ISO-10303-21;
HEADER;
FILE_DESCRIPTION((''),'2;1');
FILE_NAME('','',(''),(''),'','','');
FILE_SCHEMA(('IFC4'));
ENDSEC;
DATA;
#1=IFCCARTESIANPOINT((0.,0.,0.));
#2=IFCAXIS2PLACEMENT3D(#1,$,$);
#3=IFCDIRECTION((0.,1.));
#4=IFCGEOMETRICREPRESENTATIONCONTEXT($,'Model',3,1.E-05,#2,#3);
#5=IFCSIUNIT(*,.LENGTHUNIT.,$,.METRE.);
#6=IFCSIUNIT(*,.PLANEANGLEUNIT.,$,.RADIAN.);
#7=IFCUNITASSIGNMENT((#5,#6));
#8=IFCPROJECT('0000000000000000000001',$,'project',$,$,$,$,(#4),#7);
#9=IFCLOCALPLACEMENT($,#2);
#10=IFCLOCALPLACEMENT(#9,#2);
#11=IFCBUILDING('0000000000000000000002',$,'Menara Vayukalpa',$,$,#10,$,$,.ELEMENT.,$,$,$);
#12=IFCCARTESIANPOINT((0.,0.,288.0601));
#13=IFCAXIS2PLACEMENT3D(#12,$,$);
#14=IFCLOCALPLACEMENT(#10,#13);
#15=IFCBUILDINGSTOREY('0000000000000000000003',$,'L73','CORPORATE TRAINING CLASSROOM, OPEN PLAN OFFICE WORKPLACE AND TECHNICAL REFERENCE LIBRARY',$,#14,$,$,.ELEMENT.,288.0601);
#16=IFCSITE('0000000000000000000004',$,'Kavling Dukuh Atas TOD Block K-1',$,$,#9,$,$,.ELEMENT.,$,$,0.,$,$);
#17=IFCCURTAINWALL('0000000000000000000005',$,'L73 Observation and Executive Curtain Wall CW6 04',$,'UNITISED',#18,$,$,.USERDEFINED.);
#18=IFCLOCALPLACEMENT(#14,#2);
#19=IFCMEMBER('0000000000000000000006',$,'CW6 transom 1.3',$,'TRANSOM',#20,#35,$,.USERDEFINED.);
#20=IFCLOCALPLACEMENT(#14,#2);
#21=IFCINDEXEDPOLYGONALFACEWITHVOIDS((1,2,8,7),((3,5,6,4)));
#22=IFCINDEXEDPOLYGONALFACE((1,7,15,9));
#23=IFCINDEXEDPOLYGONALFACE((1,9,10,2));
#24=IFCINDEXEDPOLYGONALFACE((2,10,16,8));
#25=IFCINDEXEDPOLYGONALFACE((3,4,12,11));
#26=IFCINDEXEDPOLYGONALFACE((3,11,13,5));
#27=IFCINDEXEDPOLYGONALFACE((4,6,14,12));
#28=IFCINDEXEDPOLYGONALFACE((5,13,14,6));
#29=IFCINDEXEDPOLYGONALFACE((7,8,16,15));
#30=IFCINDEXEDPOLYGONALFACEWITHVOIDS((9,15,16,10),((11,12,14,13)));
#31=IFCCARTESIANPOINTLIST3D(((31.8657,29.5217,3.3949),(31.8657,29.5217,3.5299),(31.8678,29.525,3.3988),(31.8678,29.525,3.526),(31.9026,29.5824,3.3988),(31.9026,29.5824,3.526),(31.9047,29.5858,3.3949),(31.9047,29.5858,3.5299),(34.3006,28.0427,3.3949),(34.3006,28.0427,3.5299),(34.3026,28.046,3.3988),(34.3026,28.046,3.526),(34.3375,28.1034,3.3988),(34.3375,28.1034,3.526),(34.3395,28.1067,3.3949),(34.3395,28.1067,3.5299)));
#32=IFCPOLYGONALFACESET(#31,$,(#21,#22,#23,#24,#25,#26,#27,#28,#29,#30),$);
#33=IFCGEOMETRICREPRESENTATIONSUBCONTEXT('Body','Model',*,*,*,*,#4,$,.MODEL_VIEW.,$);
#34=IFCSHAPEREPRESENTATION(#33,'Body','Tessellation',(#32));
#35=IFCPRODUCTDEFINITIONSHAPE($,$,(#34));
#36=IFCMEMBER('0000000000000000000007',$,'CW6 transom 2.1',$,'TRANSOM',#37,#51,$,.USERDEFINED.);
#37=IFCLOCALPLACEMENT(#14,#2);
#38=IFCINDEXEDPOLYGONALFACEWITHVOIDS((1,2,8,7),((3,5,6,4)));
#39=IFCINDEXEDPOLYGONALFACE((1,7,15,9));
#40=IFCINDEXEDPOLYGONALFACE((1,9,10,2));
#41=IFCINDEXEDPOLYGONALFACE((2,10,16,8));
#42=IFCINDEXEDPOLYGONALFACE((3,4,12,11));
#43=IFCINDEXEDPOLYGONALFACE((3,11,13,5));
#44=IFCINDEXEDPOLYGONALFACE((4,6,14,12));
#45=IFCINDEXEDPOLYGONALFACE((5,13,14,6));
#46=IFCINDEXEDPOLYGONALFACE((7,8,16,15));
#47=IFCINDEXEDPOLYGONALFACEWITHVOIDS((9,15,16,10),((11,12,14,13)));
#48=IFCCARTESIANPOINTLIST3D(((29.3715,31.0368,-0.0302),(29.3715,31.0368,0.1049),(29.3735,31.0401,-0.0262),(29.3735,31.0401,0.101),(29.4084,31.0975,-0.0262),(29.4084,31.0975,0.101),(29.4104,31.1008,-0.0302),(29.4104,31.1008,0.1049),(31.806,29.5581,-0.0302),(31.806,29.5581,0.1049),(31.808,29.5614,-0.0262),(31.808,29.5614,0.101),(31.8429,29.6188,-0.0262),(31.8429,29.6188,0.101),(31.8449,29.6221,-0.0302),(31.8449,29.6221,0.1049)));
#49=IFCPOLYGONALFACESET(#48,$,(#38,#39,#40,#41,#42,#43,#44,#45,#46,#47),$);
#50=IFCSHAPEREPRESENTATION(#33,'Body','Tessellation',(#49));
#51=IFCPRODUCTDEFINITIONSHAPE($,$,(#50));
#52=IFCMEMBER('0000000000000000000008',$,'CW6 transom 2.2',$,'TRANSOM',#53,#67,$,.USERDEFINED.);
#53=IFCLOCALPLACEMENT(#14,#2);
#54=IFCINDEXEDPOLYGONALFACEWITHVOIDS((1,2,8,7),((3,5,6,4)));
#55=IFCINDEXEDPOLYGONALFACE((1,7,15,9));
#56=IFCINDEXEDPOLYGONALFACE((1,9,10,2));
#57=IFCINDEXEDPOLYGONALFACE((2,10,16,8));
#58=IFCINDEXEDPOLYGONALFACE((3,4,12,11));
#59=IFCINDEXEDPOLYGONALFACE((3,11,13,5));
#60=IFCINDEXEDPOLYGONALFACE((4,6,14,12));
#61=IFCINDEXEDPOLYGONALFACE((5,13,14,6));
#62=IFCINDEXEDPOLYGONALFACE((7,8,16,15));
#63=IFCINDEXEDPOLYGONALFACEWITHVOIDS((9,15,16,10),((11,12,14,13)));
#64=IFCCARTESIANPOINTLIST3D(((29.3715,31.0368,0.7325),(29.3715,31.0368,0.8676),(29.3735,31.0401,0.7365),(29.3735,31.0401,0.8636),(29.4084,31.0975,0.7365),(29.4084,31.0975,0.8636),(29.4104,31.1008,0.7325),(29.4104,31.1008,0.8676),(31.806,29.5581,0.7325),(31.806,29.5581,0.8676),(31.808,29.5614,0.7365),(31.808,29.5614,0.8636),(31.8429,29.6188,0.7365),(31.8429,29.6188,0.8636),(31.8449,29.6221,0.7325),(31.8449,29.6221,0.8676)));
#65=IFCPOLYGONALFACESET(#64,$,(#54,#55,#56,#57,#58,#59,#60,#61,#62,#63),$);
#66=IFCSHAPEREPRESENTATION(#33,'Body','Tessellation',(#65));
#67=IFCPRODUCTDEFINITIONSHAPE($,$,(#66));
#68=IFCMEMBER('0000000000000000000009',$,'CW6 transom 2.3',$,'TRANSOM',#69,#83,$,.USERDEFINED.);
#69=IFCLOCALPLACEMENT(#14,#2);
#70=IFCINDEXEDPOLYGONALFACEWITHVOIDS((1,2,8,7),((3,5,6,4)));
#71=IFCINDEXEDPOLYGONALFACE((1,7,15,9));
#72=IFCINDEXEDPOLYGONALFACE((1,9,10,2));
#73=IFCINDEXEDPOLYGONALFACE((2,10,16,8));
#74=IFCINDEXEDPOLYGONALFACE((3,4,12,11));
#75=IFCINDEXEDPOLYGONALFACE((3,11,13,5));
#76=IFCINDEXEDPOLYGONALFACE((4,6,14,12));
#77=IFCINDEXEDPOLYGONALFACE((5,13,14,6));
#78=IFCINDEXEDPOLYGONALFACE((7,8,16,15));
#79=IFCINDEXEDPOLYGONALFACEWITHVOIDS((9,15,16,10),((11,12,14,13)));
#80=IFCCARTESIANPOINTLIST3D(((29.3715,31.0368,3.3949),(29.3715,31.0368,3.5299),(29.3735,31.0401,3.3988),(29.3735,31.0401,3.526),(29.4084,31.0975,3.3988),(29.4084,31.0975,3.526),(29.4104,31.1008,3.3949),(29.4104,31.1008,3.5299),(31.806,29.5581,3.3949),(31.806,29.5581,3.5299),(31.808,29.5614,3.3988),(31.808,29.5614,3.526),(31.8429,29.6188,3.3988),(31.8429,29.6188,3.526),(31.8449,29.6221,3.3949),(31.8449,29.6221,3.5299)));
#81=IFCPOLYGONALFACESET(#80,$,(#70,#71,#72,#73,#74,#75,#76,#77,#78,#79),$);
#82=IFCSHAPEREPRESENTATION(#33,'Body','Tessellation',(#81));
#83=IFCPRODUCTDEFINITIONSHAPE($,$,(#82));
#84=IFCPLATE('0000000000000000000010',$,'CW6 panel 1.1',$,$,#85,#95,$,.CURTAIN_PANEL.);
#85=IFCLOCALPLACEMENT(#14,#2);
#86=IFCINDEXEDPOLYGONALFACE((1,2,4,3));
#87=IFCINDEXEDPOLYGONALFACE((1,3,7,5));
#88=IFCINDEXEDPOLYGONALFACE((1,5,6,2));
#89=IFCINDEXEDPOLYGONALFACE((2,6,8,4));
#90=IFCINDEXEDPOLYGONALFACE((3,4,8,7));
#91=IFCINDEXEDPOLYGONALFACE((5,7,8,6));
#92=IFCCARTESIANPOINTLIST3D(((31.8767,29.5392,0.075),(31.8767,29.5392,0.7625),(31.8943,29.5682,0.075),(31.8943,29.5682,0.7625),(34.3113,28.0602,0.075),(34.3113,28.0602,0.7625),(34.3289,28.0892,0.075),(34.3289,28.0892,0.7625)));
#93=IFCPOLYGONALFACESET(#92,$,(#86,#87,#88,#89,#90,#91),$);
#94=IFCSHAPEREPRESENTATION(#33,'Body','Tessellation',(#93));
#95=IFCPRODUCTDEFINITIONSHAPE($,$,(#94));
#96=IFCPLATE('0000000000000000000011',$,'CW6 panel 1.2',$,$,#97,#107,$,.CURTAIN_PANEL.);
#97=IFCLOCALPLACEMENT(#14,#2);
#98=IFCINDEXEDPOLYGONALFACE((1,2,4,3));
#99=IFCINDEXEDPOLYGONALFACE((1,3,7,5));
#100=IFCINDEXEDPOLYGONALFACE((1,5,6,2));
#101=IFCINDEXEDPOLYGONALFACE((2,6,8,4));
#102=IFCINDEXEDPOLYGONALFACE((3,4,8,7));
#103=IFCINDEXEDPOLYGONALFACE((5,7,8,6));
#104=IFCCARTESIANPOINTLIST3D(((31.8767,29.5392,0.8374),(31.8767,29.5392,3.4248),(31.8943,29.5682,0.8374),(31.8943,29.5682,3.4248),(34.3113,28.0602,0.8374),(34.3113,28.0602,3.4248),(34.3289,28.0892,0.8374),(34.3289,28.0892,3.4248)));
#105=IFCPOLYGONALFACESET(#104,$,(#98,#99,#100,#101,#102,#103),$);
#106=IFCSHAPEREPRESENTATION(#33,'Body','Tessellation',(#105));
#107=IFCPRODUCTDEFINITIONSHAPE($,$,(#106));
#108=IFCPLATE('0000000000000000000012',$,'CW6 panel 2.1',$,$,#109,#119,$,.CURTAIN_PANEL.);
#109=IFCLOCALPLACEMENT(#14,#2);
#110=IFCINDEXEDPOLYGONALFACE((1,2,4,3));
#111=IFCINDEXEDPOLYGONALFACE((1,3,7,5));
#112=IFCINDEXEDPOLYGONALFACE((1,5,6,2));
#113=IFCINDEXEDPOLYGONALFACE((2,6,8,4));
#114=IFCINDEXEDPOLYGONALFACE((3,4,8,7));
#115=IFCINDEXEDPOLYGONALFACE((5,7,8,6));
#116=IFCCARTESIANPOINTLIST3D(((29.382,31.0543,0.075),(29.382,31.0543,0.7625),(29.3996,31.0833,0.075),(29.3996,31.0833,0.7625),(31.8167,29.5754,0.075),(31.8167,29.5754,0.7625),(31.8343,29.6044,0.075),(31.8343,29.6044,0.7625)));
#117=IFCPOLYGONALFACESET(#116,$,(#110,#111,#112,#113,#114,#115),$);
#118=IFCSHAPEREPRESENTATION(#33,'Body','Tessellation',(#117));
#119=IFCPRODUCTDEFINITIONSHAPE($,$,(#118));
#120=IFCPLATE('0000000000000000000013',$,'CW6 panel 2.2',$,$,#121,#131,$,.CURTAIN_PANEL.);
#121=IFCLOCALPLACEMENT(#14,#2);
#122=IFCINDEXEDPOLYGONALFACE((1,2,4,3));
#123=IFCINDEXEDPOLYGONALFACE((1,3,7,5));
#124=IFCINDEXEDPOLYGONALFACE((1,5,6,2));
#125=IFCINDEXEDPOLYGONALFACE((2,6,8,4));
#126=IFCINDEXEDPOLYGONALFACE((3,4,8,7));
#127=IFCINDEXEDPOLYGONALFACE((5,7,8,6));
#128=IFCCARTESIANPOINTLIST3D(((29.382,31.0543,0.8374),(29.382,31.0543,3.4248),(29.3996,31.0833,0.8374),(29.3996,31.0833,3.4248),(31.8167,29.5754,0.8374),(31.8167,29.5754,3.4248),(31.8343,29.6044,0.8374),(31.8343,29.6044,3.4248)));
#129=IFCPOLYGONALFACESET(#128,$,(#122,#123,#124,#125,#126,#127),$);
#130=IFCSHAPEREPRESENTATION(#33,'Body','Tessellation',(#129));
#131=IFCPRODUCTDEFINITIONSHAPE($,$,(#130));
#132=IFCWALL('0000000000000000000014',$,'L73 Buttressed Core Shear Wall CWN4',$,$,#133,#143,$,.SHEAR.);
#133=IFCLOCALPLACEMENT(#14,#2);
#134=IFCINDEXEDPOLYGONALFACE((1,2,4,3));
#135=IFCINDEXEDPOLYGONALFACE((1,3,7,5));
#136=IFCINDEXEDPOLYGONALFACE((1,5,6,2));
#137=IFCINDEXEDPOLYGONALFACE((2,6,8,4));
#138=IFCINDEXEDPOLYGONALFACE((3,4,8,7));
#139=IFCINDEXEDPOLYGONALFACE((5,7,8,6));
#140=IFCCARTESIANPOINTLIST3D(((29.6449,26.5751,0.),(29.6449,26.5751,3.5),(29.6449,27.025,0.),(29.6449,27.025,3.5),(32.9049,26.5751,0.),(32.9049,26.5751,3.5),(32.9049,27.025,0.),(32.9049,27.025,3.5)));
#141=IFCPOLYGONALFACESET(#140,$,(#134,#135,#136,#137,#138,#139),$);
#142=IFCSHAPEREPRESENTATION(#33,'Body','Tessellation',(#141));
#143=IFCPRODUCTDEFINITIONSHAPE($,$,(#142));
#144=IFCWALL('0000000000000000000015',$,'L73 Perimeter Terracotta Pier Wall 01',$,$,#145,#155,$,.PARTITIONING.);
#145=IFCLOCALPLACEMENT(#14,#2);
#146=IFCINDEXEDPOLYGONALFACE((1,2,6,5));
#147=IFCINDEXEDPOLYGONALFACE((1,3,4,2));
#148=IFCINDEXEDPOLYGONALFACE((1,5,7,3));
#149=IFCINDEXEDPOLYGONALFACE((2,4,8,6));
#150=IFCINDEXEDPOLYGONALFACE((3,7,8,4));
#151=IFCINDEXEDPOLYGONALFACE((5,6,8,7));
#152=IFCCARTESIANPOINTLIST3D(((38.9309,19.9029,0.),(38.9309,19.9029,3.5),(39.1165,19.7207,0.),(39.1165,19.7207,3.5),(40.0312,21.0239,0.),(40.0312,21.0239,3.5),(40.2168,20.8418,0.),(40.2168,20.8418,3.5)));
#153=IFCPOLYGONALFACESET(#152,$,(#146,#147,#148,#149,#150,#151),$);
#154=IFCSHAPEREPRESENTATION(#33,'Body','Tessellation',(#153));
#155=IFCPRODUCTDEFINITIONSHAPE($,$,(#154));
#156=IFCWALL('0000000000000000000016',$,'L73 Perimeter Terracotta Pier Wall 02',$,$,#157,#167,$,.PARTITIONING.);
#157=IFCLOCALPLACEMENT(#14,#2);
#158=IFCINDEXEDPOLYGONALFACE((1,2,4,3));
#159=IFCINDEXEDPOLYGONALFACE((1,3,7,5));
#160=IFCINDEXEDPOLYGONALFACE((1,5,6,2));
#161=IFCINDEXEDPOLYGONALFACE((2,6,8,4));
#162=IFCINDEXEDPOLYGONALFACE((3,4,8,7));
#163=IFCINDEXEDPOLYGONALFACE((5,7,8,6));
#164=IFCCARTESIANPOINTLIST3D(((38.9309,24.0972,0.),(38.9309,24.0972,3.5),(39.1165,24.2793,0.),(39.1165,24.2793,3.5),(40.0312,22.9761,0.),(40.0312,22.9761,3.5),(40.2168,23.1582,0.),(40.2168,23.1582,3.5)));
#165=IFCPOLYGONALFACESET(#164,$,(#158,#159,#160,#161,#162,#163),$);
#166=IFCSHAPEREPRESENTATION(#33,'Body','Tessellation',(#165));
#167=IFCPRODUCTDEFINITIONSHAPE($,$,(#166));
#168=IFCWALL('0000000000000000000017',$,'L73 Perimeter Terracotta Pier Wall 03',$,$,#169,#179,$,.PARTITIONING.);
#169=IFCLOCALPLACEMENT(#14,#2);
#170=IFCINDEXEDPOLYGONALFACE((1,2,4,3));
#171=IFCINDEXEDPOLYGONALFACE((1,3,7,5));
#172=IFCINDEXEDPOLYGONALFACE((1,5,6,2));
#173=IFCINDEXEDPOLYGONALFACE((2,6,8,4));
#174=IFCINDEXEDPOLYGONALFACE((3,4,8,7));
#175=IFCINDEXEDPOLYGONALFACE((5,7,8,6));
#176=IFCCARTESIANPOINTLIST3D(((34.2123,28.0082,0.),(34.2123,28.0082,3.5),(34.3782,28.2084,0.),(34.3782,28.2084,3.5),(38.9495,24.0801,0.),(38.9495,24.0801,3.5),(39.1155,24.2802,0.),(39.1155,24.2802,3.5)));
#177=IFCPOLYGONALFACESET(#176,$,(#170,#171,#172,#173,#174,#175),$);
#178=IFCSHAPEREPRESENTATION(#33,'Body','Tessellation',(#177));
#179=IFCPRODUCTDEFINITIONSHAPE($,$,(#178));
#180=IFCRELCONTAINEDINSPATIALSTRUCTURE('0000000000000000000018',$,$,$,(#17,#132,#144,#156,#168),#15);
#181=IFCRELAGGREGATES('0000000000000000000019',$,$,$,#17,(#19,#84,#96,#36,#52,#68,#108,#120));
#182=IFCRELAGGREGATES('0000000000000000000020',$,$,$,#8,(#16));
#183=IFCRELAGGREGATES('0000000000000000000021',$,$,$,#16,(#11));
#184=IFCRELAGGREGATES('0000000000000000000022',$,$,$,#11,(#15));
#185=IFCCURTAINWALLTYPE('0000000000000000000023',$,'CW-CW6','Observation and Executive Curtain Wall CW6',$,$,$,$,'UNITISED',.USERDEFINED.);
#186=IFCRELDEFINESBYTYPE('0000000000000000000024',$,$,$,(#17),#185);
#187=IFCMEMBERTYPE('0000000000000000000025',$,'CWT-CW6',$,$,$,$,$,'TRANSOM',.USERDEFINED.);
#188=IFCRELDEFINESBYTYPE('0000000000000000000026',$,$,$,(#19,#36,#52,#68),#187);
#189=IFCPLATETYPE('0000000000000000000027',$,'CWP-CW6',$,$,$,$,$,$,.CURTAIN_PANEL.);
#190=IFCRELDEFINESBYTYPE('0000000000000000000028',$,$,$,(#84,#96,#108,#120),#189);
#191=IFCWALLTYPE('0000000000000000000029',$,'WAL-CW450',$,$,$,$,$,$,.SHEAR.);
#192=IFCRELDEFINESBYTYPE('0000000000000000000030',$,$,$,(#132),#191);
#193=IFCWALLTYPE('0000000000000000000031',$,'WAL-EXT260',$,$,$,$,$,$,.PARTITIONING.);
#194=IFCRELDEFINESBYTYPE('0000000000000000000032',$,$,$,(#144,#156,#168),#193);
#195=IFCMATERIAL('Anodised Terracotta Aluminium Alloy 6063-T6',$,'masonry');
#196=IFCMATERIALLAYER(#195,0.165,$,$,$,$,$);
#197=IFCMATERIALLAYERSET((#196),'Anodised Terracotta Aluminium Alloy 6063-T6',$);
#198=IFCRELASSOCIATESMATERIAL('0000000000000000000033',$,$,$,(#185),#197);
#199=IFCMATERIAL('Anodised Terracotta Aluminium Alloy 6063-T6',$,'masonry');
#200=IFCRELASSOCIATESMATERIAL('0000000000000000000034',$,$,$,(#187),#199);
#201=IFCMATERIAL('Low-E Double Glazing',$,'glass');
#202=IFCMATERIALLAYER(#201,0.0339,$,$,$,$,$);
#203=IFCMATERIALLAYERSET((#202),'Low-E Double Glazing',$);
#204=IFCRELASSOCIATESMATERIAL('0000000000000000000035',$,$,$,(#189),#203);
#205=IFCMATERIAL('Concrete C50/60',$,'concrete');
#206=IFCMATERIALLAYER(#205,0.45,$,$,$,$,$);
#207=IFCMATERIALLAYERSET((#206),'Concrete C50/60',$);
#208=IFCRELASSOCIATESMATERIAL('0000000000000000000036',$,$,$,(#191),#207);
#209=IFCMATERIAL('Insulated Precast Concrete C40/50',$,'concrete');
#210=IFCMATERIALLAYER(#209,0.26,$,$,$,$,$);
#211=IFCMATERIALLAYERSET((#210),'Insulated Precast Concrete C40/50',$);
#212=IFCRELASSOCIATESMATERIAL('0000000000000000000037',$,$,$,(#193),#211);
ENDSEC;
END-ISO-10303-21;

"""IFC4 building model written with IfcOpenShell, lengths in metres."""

from ifc_helpers import new_model, si_unit, direction, frame, frame_2d, origin, origin_2d, place, context, subcontext, project, spatial, rectangle, hollow_rectangle, extrude, material, layer, layer_set, material_profile, profile_set, type_object, element, aggregate, save


model = new_model("IFC4")

# Units and contexts
model_context = context("Model", 3, precision=1e-05, world=origin(), true_north=direction((0.0, 1.0)))
body_context = subcontext(model_context, "Body", "Model", "MODEL_VIEW")
ifc_project = project(units=[si_unit("LENGTHUNIT", "METRE"), si_unit("PLANEANGLEUNIT", "RADIAN")], contexts=[model_context])

# Site, building, storey
site_placement = place(None, origin())
site = spatial("IfcSite", under=ifc_project, at=site_placement, Name="Kavling Dukuh Atas TOD Block K-1", CompositionType="ELEMENT", RefElevation=0.0)
building_placement = place(site_placement, origin())
building = spatial("IfcBuilding", under=site, at=building_placement, Name="Menara Vayukalpa", CompositionType="ELEMENT")
storey_placement = place(building_placement, frame((0.0, 0.0, 288.0601)))
storey = spatial("IfcBuildingStorey", under=building, at=storey_placement, Name="L73", Description="CORPORATE TRAINING CLASSROOM, OPEN PLAN OFFICE WORKPLACE AND TECHNICAL REFERENCE LIBRARY", CompositionType="ELEMENT", Elevation=288.0601)

# Curtain wall
ifc_material_1 = material(Name="Anodised Terracotta Aluminium Alloy 6063-T6", Category="masonry")
ifc_layer_1 = layer(ifc_material_1, 0.165)
ifc_layer_set_1 = layer_set([ifc_layer_1], Name="Anodised Terracotta Aluminium Alloy 6063-T6")
curtain_wall_type = type_object("IfcCurtainWallType", Name="CW-CW6", Description="Observation and Executive Curtain Wall CW6", ElementType="UNITISED", PredefinedType="USERDEFINED", material=ifc_layer_set_1)
curtain_wall_1_placement = place(storey_placement, origin())
curtain_wall_1 = element("IfcCurtainWall", 1, at=curtain_wall_1_placement, inside=storey, type_object=curtain_wall_type, Name="L73 Observation and Executive Curtain Wall CW6 04", ObjectType="UNITISED", PredefinedType="USERDEFINED")

# Members
ifc_material_2 = material(Name="Anodised Terracotta Aluminium Alloy 6063-T6", Category="masonry")
ifc_material_profile_1 = material_profile(ifc_material_2, hollow_rectangle(XDim=0.075, YDim=0.135, WallThickness=0.0039, at=origin_2d()), Name="ALU 75x135x4")
ifc_profile_set_1 = profile_set([ifc_material_profile_1], Name="Anodised Terracotta Aluminium Alloy 6063-T6")
member_type_1 = type_object("IfcMemberType", Name="CWT-CW6", ElementType="TRANSOM", PredefinedType="USERDEFINED", material=ifc_profile_set_1)
member_1_placement = place(storey_placement, frame((34.3201, 28.0747, 3.4624), z_axis=(-0.854675, 0.519164, 0.0), x_axis=(-0.519164, -0.854675, 0.0)))
member_1 = element("IfcMember", 2, at=member_1_placement, type_object=member_type_1, Name="CW6 transom 1.3", ObjectType="TRANSOM", PredefinedType="USERDEFINED", context=body_context, shape_type="SweptSolid", body=[
    extrude(hollow_rectangle(XDim=0.075, YDim=0.135, WallThickness=0.0039, at=origin_2d()), origin(), (0.0, 0.0, 1.0), 2.8489),
])
member_2_placement = place(storey_placement, frame((31.8254, 29.5901, 0.0374), z_axis=(-0.85469, 0.519139, 0.0), x_axis=(-0.519139, -0.85469, 0.0)))
member_2 = element("IfcMember", 3, at=member_2_placement, type_object=member_type_1, Name="CW6 transom 2.1", ObjectType="TRANSOM", PredefinedType="USERDEFINED", context=body_context, shape_type="SweptSolid", body=[
    extrude(hollow_rectangle(XDim=0.075, YDim=0.135, WallThickness=0.0039, at=origin_2d()), origin(), (0.0, 0.0, 1.0), 2.8484),
])
member_3_placement = place(storey_placement, frame((31.8254, 29.5901, 0.8), z_axis=(-0.85469, 0.519139, 0.0), x_axis=(-0.519139, -0.85469, 0.0)))
member_3 = element("IfcMember", 4, at=member_3_placement, type_object=member_type_1, Name="CW6 transom 2.2", ObjectType="TRANSOM", PredefinedType="USERDEFINED", context=body_context, shape_type="SweptSolid", body=[
    extrude(hollow_rectangle(XDim=0.075, YDim=0.135, WallThickness=0.0039, at=origin_2d()), origin(), (0.0, 0.0, 1.0), 2.8484),
])
member_4_placement = place(storey_placement, frame((31.8254, 29.5901, 3.4624), z_axis=(-0.85469, 0.519139, 0.0), x_axis=(-0.519139, -0.85469, 0.0)))
member_4 = element("IfcMember", 5, at=member_4_placement, type_object=member_type_1, Name="CW6 transom 2.3", ObjectType="TRANSOM", PredefinedType="USERDEFINED", context=body_context, shape_type="SweptSolid", body=[
    extrude(hollow_rectangle(XDim=0.075, YDim=0.135, WallThickness=0.0039, at=origin_2d()), origin(), (0.0, 0.0, 1.0), 2.8484),
])

# Plates
ifc_material_3 = material(Name="Low-E Double Glazing", Category="glass")
ifc_layer_2 = layer(ifc_material_3, 0.0339)
ifc_layer_set_2 = layer_set([ifc_layer_2], Name="Low-E Double Glazing")
plate_type = type_object("IfcPlateType", Name="CWP-CW6", PredefinedType="CURTAIN_PANEL", material=ifc_layer_set_2)
plate_1_placement = place(storey_placement, frame((33.1028, 28.8142, 0.075), z_axis=(0.0, 0.0, 1.0), x_axis=(-0.854668, 0.519176, 0.0)))
plate_1 = element("IfcPlate", 6, at=plate_1_placement, type_object=plate_type, Name="CW6 panel 1.1", PredefinedType="CURTAIN_PANEL", context=body_context, shape_type="SweptSolid", body=[
    extrude(rectangle(XDim=2.8486, YDim=0.0339, at=origin_2d()), origin(), (0.0, 0.0, 1.0), 0.6875),
])
plate_2_placement = place(storey_placement, frame((33.1028, 28.8142, 0.8374), z_axis=(0.0, 0.0, 1.0), x_axis=(-0.854668, 0.519176, 0.0)))
plate_2 = element("IfcPlate", 7, at=plate_2_placement, type_object=plate_type, Name="CW6 panel 1.2", PredefinedType="CURTAIN_PANEL", context=body_context, shape_type="SweptSolid", body=[
    extrude(rectangle(XDim=2.8486, YDim=0.0339, at=origin_2d()), origin(), (0.0, 0.0, 1.0), 2.5874),
])
plate_3_placement = place(storey_placement, frame((30.6082, 30.3293, 0.075), z_axis=(0.0, 0.0, 1.0), x_axis=(-0.854668, 0.519176, 0.0)))
plate_3 = element("IfcPlate", 8, at=plate_3_placement, type_object=plate_type, Name="CW6 panel 2.1", PredefinedType="CURTAIN_PANEL", context=body_context, shape_type="SweptSolid", body=[
    extrude(rectangle(XDim=2.8486, YDim=0.0339, at=origin_2d()), origin(), (0.0, 0.0, 1.0), 0.6875),
])
plate_4_placement = place(storey_placement, frame((30.6082, 30.3293, 0.8374), z_axis=(0.0, 0.0, 1.0), x_axis=(-0.854668, 0.519176, 0.0)))
plate_4 = element("IfcPlate", 9, at=plate_4_placement, type_object=plate_type, Name="CW6 panel 2.2", PredefinedType="CURTAIN_PANEL", context=body_context, shape_type="SweptSolid", body=[
    extrude(rectangle(XDim=2.8486, YDim=0.0339, at=origin_2d()), origin(), (0.0, 0.0, 1.0), 2.5874),
])
aggregate(curtain_wall_1, [member_1, plate_1, plate_2, member_2, member_3, member_4, plate_3, plate_4])

# Walls
ifc_material_4 = material(Name="Concrete C50/60", Category="concrete")
ifc_layer_3 = layer(ifc_material_4, 0.45)
ifc_layer_set_3 = layer_set([ifc_layer_3], Name="Concrete C50/60")
wall_type_1 = type_object("IfcWallType", Name="WAL-CW450", PredefinedType="SHEAR", material=ifc_layer_set_3)
wall_1_placement = place(storey_placement, frame((29.645, 26.8, 0.0), z_axis=(0.0, 0.0, 1.0), x_axis=(1.0, 0.0, 0.0)))
element("IfcWall", 10, at=wall_1_placement, inside=storey, type_object=wall_type_1, Name="L73 Buttressed Core Shear Wall CWN4", PredefinedType="SHEAR", context=body_context, shape_type="SweptSolid", body=[
    extrude(rectangle(XDim=3.26, YDim=0.45, at=frame_2d((1.6299, 0.0))), origin(), (0.0, 0.0, 1.0), 3.5),
])
ifc_material_5 = material(Name="Insulated Precast Concrete C40/50", Category="concrete")
ifc_layer_4 = layer(ifc_material_5, 0.26)
ifc_layer_set_4 = layer_set([ifc_layer_4], Name="Insulated Precast Concrete C40/50")
wall_type_2 = type_object("IfcWallType", Name="WAL-EXT260", PredefinedType="PARTITIONING", material=ifc_layer_set_4)
for number, where, z_axis, x_axis, name in (
    (11, (40.124, 20.9329, 0.0), (0.0, 0.0, 1.0), (-0.700471, -0.713681, 0.0), "L73 Perimeter Terracotta Pier Wall 01"),
    (12, (39.0237, 24.1882, 0.0), (0.0, 0.0, 1.0), (0.700471, -0.713681, 0.0), "L73 Perimeter Terracotta Pier Wall 02"),
):
    element("IfcWall", number, at=place(storey_placement, frame(where, z_axis=z_axis, x_axis=x_axis)), inside=storey, type_object=wall_type_2, Name=name, PredefinedType="PARTITIONING", context=body_context, shape_type="SweptSolid", body=[
        extrude(rectangle(XDim=1.5708, YDim=0.26, at=frame_2d((0.7854, 0.0))), origin(), (0.0, 0.0, 1.0), 3.5),
    ])
wall_2_placement = place(storey_placement, frame((34.2952, 28.1084, 0.0), z_axis=(0.0, 0.0, 1.0), x_axis=(0.76978, -0.638309, 0.0)))
element("IfcWall", 13, at=wall_2_placement, inside=storey, type_object=wall_type_2, Name="L73 Perimeter Terracotta Pier Wall 03", PredefinedType="PARTITIONING", context=body_context, shape_type="SweptSolid", body=[
    extrude(rectangle(XDim=6.1541, YDim=0.26, at=frame_2d((3.0771, 0.0))), origin(), (0.0, 0.0, 1.0), 3.5),
])

save(model, "model.ifc")
